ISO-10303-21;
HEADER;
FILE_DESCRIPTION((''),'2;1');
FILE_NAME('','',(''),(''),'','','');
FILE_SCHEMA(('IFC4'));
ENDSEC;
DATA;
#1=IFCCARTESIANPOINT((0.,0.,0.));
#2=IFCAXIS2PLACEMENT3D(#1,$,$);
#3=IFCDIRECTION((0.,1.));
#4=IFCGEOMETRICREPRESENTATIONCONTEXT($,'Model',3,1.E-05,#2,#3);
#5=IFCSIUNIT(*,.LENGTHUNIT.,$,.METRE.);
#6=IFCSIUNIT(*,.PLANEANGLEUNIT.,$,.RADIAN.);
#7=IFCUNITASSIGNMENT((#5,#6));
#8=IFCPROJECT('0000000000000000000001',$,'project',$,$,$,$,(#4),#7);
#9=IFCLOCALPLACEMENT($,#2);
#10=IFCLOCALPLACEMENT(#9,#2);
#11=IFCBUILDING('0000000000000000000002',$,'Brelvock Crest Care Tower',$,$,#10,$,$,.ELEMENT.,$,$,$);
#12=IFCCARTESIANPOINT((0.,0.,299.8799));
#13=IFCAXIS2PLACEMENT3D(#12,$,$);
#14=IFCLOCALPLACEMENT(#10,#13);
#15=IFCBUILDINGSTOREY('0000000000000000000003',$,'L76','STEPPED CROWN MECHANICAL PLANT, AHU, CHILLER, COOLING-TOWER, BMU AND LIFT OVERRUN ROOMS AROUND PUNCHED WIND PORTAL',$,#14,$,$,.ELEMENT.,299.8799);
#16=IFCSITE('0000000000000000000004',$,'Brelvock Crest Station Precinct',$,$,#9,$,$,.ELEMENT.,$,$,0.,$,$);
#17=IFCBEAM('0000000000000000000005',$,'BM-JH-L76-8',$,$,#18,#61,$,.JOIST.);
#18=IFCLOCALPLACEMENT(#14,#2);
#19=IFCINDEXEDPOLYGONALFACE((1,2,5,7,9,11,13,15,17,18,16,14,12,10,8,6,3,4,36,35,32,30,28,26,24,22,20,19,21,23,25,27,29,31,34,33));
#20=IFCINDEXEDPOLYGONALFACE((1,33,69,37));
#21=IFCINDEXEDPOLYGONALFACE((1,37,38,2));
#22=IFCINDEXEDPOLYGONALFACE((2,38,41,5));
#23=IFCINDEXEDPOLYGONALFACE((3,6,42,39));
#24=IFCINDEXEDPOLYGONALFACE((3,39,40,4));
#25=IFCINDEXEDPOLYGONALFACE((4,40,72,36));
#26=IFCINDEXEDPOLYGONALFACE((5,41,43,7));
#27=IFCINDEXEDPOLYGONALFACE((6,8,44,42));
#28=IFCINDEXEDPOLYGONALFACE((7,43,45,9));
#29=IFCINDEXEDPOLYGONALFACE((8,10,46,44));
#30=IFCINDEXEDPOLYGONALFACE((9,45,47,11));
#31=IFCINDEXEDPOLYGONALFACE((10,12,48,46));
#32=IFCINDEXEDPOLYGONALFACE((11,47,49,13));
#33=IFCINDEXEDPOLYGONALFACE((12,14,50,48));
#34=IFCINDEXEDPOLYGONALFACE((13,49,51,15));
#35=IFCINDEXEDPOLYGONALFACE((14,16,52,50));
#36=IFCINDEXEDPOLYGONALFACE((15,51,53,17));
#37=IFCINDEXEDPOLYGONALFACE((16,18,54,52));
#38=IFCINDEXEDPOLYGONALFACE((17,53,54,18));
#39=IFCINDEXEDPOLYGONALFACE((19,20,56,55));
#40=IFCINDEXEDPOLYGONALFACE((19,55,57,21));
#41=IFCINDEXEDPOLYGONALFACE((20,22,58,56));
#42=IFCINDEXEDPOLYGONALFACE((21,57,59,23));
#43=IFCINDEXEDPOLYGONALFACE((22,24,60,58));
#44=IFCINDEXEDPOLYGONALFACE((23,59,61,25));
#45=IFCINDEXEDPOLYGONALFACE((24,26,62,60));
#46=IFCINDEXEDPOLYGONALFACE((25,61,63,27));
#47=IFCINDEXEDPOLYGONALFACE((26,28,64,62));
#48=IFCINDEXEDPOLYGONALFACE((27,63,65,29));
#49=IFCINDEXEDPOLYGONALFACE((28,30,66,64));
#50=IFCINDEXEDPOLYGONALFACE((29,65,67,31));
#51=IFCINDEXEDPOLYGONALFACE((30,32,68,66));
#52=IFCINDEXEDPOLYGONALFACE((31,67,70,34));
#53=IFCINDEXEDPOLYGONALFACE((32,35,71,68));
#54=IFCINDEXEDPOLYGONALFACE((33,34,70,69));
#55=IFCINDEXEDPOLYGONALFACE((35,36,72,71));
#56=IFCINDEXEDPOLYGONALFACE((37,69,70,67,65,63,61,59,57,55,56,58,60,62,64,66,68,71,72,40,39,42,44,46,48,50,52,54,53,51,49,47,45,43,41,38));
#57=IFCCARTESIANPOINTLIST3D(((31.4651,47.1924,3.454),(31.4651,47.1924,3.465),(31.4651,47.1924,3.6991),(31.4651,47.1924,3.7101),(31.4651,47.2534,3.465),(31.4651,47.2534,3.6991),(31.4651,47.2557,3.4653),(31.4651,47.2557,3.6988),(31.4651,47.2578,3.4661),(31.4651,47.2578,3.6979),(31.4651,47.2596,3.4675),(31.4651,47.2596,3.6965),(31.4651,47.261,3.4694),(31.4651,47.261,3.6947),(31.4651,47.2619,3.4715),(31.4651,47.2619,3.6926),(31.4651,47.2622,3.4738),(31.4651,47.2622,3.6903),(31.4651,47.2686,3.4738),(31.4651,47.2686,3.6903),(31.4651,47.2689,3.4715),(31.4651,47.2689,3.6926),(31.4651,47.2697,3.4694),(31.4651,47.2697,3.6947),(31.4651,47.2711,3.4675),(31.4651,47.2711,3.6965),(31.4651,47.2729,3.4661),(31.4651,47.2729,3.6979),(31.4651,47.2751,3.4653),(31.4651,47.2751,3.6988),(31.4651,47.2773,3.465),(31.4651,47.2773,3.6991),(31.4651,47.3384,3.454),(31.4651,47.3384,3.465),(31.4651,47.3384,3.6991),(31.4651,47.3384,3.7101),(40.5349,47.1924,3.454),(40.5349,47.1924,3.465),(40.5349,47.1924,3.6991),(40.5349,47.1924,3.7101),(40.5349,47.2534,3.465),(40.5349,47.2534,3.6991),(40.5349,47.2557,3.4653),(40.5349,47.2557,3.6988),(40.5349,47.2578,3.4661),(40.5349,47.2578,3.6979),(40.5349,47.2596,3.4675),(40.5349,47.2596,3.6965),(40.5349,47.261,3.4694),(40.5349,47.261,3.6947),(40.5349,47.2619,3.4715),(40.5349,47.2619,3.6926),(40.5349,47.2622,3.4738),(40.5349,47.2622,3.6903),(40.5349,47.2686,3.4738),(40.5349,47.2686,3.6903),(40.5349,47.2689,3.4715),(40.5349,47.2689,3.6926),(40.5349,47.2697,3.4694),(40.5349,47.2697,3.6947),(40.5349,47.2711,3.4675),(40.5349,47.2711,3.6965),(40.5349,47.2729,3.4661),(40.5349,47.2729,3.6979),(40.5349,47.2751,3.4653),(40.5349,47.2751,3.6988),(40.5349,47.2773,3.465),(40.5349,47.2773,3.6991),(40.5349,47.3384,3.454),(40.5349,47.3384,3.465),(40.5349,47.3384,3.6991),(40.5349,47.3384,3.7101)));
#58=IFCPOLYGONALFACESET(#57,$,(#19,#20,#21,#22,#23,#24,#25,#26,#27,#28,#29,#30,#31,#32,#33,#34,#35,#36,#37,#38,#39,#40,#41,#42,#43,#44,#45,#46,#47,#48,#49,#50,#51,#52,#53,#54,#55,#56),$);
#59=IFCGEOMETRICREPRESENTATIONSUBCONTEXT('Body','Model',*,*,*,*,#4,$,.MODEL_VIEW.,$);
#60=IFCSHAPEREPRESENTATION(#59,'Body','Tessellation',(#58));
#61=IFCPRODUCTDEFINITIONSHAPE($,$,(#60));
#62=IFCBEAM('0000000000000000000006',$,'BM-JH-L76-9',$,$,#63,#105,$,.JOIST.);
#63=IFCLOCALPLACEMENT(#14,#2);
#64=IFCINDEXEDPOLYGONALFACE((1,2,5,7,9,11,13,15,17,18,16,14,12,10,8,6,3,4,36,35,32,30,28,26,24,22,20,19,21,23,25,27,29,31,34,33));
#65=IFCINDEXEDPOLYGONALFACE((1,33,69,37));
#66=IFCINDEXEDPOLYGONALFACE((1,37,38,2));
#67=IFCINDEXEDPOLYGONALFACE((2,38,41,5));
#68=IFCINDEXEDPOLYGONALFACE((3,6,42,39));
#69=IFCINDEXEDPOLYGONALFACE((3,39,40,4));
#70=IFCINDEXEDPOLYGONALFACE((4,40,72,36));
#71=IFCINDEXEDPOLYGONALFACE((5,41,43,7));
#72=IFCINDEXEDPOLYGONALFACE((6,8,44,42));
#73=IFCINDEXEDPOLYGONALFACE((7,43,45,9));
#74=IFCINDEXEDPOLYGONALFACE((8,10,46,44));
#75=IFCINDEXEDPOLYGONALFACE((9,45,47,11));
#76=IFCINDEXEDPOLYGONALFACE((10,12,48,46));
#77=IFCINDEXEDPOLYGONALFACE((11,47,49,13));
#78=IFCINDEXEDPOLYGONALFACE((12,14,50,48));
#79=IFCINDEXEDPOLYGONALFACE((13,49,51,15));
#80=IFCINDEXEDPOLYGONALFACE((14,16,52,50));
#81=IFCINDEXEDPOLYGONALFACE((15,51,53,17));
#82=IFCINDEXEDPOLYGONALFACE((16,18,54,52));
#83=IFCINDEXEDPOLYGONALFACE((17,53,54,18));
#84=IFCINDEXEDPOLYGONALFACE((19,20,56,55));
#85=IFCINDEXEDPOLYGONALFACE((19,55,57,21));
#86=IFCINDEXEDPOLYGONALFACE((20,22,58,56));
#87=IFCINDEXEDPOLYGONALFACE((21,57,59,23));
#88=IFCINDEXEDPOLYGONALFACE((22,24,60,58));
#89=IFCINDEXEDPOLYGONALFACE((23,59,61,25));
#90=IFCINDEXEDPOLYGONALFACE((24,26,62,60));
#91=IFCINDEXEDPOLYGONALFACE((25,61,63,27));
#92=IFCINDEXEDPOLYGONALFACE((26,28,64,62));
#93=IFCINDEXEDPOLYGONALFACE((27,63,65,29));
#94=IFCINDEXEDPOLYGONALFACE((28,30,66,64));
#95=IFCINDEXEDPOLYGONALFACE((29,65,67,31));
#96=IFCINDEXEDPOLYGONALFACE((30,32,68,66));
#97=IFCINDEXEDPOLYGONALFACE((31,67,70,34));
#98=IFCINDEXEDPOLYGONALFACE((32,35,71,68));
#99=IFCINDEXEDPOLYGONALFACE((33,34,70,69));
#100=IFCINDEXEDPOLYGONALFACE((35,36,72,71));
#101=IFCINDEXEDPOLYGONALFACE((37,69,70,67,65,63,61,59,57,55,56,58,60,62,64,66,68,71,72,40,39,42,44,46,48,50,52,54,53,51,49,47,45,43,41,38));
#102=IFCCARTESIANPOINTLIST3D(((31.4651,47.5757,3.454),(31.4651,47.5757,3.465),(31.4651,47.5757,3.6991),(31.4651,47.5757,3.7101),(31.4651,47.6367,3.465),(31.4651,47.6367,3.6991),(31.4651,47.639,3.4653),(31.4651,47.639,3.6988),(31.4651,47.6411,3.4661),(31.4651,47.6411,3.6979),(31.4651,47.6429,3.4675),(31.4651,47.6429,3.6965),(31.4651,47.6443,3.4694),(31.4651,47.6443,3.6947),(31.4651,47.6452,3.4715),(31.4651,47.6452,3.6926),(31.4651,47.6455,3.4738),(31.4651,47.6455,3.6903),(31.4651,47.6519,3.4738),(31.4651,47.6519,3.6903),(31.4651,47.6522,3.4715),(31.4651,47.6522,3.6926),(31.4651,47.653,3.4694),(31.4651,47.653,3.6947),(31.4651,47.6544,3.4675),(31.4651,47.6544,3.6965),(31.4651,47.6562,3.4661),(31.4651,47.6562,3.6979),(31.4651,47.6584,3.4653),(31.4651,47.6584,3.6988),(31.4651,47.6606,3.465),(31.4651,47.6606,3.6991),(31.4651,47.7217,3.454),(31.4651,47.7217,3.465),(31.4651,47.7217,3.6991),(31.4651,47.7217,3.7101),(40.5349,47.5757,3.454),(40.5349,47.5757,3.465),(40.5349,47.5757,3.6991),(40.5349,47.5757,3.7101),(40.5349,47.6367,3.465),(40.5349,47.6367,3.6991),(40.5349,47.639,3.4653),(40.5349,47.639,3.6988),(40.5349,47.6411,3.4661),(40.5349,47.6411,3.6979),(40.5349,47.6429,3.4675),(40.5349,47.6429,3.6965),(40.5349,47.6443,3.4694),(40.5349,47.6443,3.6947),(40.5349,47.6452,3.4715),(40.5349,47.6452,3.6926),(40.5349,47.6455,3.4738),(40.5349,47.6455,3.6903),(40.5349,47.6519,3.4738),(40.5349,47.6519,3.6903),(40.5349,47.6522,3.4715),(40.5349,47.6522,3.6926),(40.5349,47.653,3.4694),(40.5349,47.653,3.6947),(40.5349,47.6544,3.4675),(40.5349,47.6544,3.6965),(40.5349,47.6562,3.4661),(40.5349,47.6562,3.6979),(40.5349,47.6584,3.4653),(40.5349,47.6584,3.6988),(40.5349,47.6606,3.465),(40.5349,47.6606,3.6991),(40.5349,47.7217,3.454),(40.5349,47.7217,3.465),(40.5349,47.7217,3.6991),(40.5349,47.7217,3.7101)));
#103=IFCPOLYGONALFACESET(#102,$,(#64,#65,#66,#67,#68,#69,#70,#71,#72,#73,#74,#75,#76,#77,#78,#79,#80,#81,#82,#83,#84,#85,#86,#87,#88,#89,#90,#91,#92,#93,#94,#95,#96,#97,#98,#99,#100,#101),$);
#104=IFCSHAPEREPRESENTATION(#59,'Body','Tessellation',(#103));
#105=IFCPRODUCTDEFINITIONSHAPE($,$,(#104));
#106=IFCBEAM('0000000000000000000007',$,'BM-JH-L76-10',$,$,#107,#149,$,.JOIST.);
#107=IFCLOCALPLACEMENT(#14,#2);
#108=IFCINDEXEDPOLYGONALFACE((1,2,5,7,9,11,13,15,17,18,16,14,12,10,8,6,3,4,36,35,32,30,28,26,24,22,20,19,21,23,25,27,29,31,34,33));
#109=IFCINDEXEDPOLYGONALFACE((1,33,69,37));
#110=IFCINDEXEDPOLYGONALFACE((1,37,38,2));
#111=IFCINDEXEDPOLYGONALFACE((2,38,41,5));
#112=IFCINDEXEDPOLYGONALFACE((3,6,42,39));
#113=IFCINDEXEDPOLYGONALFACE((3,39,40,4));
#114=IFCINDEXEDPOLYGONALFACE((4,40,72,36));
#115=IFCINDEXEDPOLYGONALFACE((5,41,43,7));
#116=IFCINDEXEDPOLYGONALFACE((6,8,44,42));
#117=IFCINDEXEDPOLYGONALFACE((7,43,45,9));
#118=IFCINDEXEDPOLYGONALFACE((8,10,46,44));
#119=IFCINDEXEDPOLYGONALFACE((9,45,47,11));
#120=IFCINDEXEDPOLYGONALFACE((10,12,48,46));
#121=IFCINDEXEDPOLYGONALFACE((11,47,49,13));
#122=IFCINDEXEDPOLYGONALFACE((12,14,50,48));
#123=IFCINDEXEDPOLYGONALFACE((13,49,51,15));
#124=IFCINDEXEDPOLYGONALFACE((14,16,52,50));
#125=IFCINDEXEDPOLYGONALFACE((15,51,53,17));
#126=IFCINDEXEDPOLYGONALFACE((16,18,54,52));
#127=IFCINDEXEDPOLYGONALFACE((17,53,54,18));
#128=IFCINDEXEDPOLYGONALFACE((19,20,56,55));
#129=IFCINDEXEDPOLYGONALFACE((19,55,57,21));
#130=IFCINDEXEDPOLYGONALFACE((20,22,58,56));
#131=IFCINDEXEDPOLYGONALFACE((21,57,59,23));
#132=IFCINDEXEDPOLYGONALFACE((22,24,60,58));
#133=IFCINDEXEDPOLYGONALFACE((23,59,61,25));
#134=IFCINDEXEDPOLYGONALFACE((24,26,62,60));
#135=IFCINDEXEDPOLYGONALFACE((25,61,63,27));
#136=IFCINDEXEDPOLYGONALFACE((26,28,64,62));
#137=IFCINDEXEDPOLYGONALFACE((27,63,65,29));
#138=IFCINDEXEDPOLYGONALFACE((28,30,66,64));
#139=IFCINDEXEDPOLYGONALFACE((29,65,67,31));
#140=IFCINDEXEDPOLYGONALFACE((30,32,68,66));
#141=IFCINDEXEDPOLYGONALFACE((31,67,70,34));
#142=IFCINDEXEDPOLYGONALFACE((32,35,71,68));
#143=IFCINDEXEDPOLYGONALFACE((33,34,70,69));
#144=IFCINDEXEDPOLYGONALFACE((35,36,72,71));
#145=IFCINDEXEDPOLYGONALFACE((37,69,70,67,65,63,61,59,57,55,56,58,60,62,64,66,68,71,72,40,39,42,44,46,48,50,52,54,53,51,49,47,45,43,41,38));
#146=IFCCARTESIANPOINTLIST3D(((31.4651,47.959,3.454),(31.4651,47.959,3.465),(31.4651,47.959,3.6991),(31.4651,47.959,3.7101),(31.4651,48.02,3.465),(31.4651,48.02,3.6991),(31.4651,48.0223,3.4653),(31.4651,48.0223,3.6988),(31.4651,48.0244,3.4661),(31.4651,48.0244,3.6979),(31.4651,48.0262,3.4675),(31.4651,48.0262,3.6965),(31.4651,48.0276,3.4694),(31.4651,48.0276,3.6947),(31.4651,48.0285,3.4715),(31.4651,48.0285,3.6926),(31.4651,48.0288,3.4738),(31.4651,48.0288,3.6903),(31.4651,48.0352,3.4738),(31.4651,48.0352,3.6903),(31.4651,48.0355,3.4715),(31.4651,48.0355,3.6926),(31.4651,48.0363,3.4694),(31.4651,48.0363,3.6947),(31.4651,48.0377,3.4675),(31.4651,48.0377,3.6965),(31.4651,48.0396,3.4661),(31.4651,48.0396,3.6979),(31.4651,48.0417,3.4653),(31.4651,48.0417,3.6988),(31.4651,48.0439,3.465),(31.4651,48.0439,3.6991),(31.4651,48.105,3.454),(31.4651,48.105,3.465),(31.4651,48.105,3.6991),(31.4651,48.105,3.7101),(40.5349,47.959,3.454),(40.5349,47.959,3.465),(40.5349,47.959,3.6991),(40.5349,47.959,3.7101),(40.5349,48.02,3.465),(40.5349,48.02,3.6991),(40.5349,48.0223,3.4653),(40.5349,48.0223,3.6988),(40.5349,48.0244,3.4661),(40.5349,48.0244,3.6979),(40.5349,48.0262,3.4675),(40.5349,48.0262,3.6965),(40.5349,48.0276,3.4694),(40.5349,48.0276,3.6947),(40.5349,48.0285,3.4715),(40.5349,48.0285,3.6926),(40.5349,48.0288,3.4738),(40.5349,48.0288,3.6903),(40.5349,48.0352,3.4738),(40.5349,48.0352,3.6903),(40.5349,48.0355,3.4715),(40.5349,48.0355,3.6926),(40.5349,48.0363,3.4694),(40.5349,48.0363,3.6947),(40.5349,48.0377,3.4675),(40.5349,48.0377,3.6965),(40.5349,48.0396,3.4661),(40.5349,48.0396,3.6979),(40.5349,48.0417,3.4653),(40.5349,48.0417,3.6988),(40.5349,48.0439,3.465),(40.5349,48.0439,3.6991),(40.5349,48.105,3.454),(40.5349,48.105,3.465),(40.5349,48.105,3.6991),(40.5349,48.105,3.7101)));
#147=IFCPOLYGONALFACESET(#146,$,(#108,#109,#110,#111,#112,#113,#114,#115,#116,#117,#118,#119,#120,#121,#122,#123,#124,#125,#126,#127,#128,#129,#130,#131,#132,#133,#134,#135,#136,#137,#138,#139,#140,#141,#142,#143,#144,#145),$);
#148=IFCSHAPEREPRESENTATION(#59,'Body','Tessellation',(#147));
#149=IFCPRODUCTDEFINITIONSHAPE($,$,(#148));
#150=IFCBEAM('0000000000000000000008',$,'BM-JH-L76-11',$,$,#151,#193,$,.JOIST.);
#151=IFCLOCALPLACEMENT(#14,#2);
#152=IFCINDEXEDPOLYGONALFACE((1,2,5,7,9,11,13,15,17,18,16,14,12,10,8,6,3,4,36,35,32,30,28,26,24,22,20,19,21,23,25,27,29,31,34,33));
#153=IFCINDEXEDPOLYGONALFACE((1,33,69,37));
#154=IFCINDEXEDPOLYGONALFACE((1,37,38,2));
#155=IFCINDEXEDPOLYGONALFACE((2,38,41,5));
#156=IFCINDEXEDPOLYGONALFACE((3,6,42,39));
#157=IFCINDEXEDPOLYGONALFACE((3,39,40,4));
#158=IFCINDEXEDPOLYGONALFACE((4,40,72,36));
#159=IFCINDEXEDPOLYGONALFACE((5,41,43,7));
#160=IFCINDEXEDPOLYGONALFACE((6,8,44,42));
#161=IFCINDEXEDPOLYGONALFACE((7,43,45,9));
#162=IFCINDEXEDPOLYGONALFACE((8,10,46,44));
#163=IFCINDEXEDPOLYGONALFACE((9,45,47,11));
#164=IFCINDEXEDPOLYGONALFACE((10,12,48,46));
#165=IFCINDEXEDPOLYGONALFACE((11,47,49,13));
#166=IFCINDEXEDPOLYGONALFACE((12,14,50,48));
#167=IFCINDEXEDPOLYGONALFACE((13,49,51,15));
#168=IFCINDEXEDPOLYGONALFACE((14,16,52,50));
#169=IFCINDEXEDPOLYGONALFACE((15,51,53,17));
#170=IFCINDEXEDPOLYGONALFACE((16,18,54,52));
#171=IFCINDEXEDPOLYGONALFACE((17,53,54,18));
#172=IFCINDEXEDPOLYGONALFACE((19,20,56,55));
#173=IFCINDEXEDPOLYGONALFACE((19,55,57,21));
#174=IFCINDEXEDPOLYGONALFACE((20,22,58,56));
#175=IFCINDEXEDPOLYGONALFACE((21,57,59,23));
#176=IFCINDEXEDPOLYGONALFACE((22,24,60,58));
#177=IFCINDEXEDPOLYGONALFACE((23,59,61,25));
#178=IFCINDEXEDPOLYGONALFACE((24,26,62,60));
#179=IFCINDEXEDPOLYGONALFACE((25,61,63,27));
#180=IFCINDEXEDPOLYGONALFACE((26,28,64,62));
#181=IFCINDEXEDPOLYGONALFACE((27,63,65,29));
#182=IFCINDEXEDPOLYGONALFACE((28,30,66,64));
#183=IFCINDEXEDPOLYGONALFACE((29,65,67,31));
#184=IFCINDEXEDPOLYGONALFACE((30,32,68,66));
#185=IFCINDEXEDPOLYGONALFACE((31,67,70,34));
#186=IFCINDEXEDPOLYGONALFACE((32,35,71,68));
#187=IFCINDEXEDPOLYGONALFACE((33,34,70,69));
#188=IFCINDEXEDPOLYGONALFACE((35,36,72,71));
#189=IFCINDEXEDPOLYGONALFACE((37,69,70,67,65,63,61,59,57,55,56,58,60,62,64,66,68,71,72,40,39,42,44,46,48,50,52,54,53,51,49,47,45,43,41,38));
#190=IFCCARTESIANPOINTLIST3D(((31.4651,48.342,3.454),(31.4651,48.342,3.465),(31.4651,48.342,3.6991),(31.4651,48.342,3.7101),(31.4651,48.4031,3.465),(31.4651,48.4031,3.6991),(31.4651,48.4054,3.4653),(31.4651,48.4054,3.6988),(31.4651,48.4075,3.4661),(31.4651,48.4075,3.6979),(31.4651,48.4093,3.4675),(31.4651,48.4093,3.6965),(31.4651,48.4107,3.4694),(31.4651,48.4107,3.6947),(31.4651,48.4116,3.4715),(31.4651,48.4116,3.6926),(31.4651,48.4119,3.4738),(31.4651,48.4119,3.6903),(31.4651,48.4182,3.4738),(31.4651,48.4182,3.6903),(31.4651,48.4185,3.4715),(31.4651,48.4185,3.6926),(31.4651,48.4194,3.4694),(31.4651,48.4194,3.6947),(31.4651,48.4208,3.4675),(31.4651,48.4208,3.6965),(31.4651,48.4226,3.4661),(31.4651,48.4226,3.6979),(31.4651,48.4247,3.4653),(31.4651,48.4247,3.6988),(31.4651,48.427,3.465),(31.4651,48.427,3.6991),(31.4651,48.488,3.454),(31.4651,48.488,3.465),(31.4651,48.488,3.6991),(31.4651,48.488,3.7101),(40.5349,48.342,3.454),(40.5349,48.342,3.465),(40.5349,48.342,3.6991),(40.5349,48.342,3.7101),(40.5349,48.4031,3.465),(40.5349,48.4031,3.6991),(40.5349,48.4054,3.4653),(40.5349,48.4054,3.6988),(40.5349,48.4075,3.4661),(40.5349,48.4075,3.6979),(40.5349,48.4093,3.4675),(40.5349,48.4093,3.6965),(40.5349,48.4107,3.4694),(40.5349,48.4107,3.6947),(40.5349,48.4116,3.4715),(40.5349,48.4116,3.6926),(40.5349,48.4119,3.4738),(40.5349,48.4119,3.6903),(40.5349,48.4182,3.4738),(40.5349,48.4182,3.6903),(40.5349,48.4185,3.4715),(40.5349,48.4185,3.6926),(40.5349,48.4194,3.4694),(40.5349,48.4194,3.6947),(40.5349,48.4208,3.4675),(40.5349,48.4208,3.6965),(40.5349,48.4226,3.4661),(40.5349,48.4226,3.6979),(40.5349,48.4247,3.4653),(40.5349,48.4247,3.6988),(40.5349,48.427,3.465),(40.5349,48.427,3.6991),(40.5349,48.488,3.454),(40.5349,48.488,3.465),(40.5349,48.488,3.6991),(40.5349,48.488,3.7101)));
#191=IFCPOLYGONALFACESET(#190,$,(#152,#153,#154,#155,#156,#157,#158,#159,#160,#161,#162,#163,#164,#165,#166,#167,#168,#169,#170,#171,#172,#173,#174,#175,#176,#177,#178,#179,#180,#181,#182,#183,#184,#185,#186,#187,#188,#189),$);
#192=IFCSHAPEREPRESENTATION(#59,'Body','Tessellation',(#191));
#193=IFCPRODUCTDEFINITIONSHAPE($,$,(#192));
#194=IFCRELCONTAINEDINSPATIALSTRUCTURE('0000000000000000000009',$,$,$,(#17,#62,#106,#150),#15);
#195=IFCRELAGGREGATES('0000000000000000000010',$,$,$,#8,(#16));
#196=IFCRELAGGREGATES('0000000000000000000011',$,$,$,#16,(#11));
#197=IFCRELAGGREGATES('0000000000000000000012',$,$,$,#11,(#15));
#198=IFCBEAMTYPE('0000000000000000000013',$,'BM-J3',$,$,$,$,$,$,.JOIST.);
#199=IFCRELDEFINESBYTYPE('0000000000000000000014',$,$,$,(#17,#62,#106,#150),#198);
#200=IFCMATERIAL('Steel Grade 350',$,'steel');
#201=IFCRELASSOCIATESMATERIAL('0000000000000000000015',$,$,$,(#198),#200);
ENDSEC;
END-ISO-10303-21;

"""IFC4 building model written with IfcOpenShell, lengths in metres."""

from ifc_helpers import new_model, si_unit, direction, frame, origin, origin_2d, place, context, subcontext, project, spatial, i_section, extrude, source, transform, mapped, material, material_profile, profile_set, type_object, element, save


model = new_model("IFC4")

# Units and contexts
model_context = context("Model", 3, precision=1e-05, world=origin(), true_north=direction((0.0, 1.0)))
body_context = subcontext(model_context, "Body", "Model", "MODEL_VIEW")
ifc_project = project(units=[si_unit("LENGTHUNIT", "METRE"), si_unit("PLANEANGLEUNIT", "RADIAN")], contexts=[model_context])

# Site, building, storey
site_placement = place(None, origin())
site = spatial("IfcSite", under=ifc_project, at=site_placement, Name="Brelvock Crest Station Precinct", CompositionType="ELEMENT", RefElevation=0.0)
building_placement = place(site_placement, origin())
building = spatial("IfcBuilding", under=site, at=building_placement, Name="Brelvock Crest Care Tower", CompositionType="ELEMENT")
storey_placement = place(building_placement, frame((0.0, 0.0, 299.8799)))
storey = spatial("IfcBuildingStorey", under=building, at=storey_placement, Name="L76", Description="STEPPED CROWN MECHANICAL PLANT, AHU, CHILLER, COOLING-TOWER, BMU AND LIFT OVERRUN ROOMS AROUND PUNCHED WIND PORTAL", CompositionType="ELEMENT", Elevation=299.8799)

# Shared definitions
ifc_material_1 = material(Name="Steel Grade 350", Category="steel")

# Beams
ifc_material_profile_1 = material_profile(ifc_material_1, i_section(OverallWidth=0.146, OverallDepth=0.2561, WebThickness=0.0063, FlangeThickness=0.011, FilletRadius=0.0088, at=origin_2d()), Name="250UB37.3")
ifc_profile_set_1 = profile_set([ifc_material_profile_1], Name="Steel Grade 350")
beam_type_1 = type_object("IfcBeamType", Name="BM-J3", PredefinedType="JOIST", material=ifc_profile_set_1)
shared_shape_1 = source(origin(), body_context, "Body", "SweptSolid", [
    extrude(i_section(OverallWidth=0.146, OverallDepth=0.2561, WebThickness=0.0063, FlangeThickness=0.011, FilletRadius=0.0088, at=origin_2d()), origin(), (0.0, 0.0, 1.0), 9.0698),
])
for number, where, z_axis, x_axis, name in (
    (1, (31.4651, 47.2654, 3.582), (1.0, 0.0, 0.0), (0.0, 1.0, 0.0), "BM-JH-L76-8"),
    (2, (31.4651, 47.6487, 3.582), (1.0, 0.0, 0.0), (0.0, 1.0, 0.0), "BM-JH-L76-9"),
    (3, (31.4651, 48.032, 3.582), (1.0, 0.0, 0.0), (0.0, 1.0, 0.0), "BM-JH-L76-10"),
    (4, (31.4651, 48.415, 3.582), (1.0, 0.0, 0.0), (0.0, 1.0, 0.0), "BM-JH-L76-11"),
):
    element("IfcBeam", number, at=place(storey_placement, frame(where, z_axis=z_axis, x_axis=x_axis)), inside=storey, type_object=beam_type_1, Name=name, PredefinedType="JOIST", context=body_context, shape_type="MappedRepresentation", body=[
        mapped(shared_shape_1, transform((0.0, 0.0, 0.0), x_axis=(1.0, 0.0, 0.0), y_axis=(0.0, 1.0, 0.0), z_axis=(0.0, 0.0, 1.0), scale=1.0)),
    ])

save(model, "model.ifc")
